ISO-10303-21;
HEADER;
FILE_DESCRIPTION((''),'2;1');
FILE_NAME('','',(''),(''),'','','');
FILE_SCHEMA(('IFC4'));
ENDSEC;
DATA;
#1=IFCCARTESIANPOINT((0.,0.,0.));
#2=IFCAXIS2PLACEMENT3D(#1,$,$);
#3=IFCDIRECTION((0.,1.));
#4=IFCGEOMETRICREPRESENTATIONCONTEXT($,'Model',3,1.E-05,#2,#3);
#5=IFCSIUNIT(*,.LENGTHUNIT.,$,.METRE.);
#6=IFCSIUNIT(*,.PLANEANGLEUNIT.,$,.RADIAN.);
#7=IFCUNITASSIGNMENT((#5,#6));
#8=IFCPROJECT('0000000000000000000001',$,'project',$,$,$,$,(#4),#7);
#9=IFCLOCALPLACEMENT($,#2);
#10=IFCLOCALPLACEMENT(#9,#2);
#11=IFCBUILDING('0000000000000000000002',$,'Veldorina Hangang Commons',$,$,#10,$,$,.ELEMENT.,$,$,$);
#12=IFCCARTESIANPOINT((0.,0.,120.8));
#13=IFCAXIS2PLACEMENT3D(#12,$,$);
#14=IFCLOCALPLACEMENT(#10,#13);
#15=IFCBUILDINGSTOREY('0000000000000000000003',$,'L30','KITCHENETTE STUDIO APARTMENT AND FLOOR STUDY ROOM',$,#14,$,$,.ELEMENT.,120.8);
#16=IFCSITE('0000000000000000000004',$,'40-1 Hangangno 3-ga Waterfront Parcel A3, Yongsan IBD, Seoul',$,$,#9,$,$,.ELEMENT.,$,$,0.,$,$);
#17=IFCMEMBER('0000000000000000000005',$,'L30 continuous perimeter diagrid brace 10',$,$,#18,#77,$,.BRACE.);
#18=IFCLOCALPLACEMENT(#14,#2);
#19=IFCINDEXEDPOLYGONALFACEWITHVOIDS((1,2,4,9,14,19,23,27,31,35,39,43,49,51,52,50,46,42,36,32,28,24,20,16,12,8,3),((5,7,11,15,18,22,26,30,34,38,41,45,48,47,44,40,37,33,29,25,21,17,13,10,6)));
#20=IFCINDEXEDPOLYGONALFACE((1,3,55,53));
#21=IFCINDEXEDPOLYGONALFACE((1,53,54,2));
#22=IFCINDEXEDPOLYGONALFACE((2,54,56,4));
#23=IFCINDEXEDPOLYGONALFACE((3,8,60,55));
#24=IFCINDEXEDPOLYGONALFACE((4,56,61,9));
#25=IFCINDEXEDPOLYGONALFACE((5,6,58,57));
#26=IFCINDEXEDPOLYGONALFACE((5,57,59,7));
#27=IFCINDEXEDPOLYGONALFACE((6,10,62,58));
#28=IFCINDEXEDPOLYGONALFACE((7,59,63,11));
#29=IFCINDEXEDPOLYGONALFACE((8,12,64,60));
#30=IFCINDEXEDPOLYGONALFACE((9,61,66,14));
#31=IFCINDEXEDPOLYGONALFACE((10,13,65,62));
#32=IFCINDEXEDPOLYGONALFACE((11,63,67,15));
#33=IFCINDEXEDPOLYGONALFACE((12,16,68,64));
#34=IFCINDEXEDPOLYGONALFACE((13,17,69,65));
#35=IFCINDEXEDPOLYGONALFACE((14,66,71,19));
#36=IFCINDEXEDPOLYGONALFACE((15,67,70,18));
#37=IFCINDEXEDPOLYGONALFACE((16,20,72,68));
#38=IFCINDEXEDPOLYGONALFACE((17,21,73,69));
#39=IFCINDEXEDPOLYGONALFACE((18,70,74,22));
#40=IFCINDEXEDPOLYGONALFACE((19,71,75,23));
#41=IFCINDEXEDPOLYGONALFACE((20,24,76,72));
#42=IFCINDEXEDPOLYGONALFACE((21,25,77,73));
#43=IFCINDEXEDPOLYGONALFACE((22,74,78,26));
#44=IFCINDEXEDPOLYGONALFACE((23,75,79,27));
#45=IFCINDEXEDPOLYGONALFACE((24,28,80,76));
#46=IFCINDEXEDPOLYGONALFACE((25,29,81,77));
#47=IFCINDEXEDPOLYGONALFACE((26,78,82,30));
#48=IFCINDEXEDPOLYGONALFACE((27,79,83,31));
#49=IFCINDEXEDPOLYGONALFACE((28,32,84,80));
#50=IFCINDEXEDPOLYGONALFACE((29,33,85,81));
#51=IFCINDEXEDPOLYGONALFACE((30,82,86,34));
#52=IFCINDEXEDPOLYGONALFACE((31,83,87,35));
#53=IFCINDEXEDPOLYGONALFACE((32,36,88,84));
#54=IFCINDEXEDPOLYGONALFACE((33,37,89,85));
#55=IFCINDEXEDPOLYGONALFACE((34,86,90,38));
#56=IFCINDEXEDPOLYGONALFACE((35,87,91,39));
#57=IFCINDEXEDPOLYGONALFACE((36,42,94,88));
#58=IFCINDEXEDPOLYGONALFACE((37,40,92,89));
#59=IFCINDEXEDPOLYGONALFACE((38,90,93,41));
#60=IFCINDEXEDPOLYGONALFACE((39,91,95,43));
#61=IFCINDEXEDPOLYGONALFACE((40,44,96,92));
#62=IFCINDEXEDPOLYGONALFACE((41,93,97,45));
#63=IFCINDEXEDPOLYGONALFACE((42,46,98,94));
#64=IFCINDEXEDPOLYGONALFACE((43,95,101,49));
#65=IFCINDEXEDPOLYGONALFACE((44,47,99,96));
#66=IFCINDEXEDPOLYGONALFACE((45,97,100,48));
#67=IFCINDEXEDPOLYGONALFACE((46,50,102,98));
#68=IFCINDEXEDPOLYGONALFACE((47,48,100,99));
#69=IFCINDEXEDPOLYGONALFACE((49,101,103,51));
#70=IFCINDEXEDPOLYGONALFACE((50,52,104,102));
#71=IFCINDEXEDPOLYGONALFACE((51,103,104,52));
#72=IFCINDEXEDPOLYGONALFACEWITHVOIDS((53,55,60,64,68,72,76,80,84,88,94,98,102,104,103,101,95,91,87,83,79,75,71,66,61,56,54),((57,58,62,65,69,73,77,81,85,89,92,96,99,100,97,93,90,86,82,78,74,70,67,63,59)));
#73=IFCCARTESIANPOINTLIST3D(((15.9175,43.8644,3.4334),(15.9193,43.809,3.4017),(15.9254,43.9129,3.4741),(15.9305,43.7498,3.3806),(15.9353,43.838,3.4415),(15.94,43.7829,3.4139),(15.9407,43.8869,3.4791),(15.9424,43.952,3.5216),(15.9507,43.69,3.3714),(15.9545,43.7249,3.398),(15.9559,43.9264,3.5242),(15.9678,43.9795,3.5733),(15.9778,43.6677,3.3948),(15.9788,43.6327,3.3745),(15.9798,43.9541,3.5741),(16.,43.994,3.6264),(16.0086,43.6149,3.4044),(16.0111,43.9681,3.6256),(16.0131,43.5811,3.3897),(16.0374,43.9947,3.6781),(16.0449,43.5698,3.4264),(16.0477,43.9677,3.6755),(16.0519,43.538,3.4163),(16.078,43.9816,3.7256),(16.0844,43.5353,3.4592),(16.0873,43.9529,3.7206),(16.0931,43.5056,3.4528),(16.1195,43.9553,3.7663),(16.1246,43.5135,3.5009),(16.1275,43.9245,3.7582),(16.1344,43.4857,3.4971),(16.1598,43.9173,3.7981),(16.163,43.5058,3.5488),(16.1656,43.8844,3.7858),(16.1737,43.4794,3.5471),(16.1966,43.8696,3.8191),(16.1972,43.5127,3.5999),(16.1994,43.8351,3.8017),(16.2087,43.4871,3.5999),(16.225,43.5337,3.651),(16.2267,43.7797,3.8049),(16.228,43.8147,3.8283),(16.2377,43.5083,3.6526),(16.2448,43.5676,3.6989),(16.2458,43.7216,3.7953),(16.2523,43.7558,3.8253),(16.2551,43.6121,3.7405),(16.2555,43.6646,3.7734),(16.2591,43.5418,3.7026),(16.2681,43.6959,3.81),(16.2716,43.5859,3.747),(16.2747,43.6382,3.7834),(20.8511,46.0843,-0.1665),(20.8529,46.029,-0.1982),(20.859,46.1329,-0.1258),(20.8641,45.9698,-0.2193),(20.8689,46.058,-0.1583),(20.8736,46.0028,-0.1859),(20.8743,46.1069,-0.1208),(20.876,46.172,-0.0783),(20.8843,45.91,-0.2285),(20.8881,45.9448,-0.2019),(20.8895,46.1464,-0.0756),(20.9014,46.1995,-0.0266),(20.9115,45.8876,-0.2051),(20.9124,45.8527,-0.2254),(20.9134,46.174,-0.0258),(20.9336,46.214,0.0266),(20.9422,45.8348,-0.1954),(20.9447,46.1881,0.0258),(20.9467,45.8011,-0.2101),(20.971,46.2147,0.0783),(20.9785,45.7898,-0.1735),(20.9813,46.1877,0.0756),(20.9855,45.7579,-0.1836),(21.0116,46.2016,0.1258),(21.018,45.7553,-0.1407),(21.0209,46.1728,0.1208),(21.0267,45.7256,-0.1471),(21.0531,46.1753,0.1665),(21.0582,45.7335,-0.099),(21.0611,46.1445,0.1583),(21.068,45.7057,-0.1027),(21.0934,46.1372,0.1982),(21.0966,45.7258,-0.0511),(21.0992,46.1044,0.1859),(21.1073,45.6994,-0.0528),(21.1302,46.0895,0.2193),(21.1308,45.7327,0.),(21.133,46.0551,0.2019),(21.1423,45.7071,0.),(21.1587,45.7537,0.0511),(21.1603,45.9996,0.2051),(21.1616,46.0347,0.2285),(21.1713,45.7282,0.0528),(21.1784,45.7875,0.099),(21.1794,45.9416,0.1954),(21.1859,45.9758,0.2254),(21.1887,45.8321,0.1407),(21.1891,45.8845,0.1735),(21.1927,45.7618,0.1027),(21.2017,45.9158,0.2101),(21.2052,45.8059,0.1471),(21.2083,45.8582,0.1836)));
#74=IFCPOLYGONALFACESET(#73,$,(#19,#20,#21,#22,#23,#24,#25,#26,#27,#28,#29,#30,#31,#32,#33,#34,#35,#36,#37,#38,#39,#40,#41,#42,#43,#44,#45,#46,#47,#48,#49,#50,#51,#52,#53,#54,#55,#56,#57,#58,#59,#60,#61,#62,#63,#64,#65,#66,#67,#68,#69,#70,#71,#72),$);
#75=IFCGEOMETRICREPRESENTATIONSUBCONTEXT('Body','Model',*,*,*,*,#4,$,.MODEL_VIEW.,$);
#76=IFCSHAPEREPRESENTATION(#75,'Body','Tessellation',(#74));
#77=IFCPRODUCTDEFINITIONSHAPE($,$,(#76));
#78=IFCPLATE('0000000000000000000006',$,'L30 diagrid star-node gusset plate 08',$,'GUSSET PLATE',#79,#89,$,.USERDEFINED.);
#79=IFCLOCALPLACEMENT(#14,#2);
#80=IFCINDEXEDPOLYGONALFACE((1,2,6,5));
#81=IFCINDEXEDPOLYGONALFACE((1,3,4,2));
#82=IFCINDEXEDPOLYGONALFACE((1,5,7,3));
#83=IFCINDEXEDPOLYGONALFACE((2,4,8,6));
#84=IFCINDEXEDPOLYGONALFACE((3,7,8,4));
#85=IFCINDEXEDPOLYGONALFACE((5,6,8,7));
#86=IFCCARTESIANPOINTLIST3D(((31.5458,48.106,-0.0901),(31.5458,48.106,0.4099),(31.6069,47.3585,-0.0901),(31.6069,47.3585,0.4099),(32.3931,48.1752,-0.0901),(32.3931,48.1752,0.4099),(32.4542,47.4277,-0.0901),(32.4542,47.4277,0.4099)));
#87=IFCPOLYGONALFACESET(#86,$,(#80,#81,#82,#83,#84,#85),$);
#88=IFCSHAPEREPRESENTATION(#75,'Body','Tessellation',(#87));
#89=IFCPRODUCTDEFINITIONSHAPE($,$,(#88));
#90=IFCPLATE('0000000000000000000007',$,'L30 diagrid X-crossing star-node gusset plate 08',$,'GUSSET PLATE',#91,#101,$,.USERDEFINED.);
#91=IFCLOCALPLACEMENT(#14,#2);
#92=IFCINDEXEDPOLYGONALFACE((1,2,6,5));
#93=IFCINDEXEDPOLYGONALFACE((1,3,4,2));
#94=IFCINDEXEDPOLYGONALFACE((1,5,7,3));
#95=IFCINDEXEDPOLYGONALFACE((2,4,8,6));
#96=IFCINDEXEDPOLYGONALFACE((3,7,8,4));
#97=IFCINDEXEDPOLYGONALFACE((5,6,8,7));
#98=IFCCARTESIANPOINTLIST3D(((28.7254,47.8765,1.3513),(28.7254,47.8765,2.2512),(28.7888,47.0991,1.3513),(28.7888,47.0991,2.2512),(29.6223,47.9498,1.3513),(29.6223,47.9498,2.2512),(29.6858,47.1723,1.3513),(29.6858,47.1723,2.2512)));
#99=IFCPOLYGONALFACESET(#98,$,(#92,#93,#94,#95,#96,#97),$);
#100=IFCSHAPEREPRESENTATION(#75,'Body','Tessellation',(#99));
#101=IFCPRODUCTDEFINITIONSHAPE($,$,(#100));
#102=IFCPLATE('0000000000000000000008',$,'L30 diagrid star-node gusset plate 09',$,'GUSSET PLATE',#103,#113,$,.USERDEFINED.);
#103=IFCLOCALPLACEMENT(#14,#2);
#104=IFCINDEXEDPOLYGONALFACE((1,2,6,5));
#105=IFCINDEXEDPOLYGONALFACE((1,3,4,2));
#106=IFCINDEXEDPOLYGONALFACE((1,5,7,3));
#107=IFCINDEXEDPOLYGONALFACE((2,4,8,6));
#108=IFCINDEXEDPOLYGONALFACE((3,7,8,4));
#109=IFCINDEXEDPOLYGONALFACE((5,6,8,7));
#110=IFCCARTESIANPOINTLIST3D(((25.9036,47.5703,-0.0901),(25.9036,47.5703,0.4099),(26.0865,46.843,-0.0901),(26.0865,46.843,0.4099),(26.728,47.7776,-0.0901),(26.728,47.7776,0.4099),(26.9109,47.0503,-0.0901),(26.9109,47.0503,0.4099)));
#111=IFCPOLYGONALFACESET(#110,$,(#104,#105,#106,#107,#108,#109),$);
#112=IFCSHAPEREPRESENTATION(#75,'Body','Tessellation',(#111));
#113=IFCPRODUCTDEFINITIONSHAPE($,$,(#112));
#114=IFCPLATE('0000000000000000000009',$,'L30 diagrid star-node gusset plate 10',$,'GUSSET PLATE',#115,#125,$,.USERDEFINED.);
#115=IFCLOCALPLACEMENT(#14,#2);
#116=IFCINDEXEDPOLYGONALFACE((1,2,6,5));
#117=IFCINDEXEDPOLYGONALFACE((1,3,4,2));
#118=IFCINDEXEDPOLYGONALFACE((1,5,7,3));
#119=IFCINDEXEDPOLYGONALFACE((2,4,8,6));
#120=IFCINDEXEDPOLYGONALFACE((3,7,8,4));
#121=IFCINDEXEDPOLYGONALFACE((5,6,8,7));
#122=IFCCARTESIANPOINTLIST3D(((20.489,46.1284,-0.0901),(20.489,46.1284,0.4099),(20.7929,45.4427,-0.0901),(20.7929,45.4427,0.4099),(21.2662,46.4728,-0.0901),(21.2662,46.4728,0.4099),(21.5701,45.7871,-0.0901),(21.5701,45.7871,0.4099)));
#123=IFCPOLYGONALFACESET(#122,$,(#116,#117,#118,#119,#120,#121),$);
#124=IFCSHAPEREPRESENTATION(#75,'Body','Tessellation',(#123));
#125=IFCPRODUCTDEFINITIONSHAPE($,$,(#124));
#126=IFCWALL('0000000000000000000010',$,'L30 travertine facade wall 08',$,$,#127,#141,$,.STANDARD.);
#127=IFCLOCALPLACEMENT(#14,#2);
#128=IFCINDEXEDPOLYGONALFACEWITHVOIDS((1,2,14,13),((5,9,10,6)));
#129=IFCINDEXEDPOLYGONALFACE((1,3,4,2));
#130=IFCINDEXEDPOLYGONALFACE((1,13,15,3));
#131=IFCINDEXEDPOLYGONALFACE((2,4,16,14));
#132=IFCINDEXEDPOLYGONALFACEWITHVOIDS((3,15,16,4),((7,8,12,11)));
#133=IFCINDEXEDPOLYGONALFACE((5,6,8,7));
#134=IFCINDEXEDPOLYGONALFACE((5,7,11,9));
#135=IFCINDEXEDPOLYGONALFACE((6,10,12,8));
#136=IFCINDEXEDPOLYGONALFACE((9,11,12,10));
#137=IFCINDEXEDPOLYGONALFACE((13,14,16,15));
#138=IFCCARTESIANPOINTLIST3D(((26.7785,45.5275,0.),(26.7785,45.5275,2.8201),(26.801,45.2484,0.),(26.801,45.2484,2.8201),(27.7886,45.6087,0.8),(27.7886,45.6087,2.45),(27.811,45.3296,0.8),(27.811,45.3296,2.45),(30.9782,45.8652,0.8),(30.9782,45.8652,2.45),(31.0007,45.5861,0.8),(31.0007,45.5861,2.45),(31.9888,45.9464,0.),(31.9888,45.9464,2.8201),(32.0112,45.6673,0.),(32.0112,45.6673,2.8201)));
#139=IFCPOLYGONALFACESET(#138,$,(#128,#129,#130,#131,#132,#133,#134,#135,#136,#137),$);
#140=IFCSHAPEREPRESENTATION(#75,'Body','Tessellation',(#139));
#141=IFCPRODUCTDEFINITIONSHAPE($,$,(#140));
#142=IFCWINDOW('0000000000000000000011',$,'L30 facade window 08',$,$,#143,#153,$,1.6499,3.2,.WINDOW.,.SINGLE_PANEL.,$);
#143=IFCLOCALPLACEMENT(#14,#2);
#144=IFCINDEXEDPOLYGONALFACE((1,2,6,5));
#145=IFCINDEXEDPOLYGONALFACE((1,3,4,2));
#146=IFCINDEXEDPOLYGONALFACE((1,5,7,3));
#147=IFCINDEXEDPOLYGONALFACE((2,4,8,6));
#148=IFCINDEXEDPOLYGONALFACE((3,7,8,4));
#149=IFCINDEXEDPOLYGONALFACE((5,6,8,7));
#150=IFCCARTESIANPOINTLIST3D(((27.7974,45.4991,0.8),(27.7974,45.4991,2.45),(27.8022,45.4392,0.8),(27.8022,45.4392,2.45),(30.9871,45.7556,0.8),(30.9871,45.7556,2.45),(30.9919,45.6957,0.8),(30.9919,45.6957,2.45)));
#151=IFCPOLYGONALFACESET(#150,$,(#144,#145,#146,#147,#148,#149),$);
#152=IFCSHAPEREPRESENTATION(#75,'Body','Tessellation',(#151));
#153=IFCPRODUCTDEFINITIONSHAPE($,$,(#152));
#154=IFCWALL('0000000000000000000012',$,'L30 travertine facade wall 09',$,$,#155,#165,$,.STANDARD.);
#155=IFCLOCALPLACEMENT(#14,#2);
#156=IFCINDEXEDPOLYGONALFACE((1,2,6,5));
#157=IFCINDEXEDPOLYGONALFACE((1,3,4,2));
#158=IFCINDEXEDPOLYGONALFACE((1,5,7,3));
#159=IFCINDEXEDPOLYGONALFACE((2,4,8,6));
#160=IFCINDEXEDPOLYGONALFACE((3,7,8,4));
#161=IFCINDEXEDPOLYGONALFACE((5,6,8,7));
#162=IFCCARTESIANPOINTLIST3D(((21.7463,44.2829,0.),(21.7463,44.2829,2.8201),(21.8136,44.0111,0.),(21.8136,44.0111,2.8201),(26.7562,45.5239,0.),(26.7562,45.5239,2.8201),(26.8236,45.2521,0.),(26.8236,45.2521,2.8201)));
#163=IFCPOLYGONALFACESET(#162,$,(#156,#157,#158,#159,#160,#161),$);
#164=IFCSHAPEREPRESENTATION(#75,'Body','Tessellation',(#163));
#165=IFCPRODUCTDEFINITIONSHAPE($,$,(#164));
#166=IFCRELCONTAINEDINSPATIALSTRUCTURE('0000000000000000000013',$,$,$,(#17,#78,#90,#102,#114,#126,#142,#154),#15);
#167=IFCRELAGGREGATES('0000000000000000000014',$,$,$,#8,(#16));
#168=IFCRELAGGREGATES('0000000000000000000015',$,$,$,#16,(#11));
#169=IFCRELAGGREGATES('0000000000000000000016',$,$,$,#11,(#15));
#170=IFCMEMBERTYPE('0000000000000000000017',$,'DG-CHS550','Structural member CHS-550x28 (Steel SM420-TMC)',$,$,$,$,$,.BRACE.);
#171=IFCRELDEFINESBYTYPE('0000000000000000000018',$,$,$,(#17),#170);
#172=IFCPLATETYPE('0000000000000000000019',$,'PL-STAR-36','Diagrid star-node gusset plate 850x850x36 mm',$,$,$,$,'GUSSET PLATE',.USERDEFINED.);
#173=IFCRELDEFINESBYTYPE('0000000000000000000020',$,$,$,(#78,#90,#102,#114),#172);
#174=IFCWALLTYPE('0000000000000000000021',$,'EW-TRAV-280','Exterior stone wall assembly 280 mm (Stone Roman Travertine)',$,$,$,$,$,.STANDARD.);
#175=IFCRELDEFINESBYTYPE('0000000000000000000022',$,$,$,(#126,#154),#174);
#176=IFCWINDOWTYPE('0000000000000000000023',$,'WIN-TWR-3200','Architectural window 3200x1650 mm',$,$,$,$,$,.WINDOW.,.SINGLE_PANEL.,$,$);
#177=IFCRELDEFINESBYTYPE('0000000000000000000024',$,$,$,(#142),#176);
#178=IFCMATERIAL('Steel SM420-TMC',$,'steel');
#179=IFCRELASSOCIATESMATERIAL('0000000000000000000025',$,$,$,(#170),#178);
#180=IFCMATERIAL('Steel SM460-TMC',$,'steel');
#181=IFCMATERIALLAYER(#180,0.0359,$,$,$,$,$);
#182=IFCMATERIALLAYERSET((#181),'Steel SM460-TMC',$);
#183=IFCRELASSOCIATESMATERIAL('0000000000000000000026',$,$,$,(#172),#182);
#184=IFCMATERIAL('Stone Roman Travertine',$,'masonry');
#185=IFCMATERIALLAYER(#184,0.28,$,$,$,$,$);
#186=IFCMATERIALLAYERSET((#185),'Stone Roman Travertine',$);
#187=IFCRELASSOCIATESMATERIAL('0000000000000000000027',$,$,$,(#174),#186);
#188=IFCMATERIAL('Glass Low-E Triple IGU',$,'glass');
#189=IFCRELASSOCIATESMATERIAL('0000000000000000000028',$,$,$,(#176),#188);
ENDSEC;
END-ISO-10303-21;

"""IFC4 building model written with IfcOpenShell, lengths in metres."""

from ifc_helpers import new_model, si_unit, direction, frame, frame_2d, origin, origin_2d, place, context, subcontext, project, spatial, rectangle, hollow_circle, extrude, material, layer, layer_set, material_profile, profile_set, type_object, element, fill, save


model = new_model("IFC4")

# Units and contexts
model_context = context("Model", 3, precision=1e-05, world=origin(), true_north=direction((0.0, 1.0)))
body_context = subcontext(model_context, "Body", "Model", "MODEL_VIEW")
ifc_project = project(units=[si_unit("LENGTHUNIT", "METRE"), si_unit("PLANEANGLEUNIT", "RADIAN")], contexts=[model_context])

# Site, building, storey
site_placement = place(None, origin())
site = spatial("IfcSite", under=ifc_project, at=site_placement, Name="40-1 Hangangno 3-ga Waterfront Parcel A3, Yongsan IBD, Seoul", CompositionType="ELEMENT", RefElevation=0.0)
building_placement = place(site_placement, origin())
building = spatial("IfcBuilding", under=site, at=building_placement, Name="Veldorina Hangang Commons", CompositionType="ELEMENT")
storey_placement = place(building_placement, frame((0.0, 0.0, 120.8)))
storey = spatial("IfcBuildingStorey", under=building, at=storey_placement, Name="L30", Description="KITCHENETTE STUDIO APARTMENT AND FLOOR STUDY ROOM", CompositionType="ELEMENT", Elevation=120.8)

# Shared definitions
ifc_material_1 = material(Name="Steel SM420-TMC", Category="steel")

# Member
ifc_material_profile_1 = material_profile(ifc_material_1, hollow_circle(Radius=0.2749, WallThickness=0.0281, at=origin_2d()), Name="CHS-550x28")
ifc_profile_set_1 = profile_set([ifc_material_profile_1], Name="Steel SM420-TMC")
member_type = type_object("IfcMemberType", Name="DG-CHS550", Description="Structural member CHS-550x28 (Steel SM420-TMC)", PredefinedType="BRACE", material=ifc_profile_set_1)
member_1_placement = place(storey_placement, frame((21.0295, 45.9578, 0.0), z_axis=(-0.759216, -0.341625, 0.553971), x_axis=(0.410342, -0.911932, 0.0)))
element("IfcMember", 1, at=member_1_placement, inside=storey, type_object=member_type, Name="L30 continuous perimeter diagrid brace 10", PredefinedType="BRACE", context=body_context, shape_type="SweptSolid", body=[
    extrude(hollow_circle(Radius=0.2749, WallThickness=0.0281, at=origin_2d()), origin(), (0.0, 0.0, 1.0), 6.4983),
])

# Plates
ifc_material_2 = material(Name="Steel SM460-TMC", Category="steel")
ifc_layer_1 = layer(ifc_material_2, 0.0359)
ifc_layer_set_1 = layer_set([ifc_layer_1], Name="Steel SM460-TMC")
plate_type = type_object("IfcPlateType", Name="PL-STAR-36", Description="Diagrid star-node gusset plate 850x850x36 mm", ElementType="GUSSET PLATE", PredefinedType="USERDEFINED", material=ifc_layer_set_1)
plate_1_placement = place(storey_placement, frame((32.0, 47.7668, -0.0901), z_axis=(0.0, 0.0, 1.0), x_axis=(-0.996683, -0.081382, 0.0)))
element("IfcPlate", 2, at=plate_1_placement, inside=storey, type_object=plate_type, Name="L30 diagrid star-node gusset plate 08", ObjectType="GUSSET PLATE", PredefinedType="USERDEFINED", context=body_context, shape_type="SweptSolid", body=[
    extrude(rectangle(XDim=0.8501, YDim=0.75, at=origin_2d()), origin(), (0.0, 0.0, 1.0), 0.5),
])
plate_2_placement = place(storey_placement, frame((29.2056, 47.5244, 1.3513), z_axis=(0.0, 0.0, 1.0), x_axis=(-0.996683, -0.081382, 0.0)))
element("IfcPlate", 3, at=plate_2_placement, inside=storey, type_object=plate_type, Name="L30 diagrid X-crossing star-node gusset plate 08", ObjectType="GUSSET PLATE", PredefinedType="USERDEFINED", context=body_context, shape_type="SweptSolid", body=[
    extrude(rectangle(XDim=0.8999, YDim=0.78, at=origin_2d()), origin(), (0.0, 0.0, 1.0), 0.8999),
])
for number, where, z_axis, x_axis, name in (
    (4, (26.4072, 47.3103, -0.0901), (0.0, 0.0, 1.0), (-0.969804, -0.243886, 0.0), "L30 diagrid star-node gusset plate 09"),
    (5, (21.0295, 45.9578, -0.0901), (0.0, 0.0, 1.0), (-0.914247, -0.405158, 0.0), "L30 diagrid star-node gusset plate 10"),
):
    element("IfcPlate", number, at=place(storey_placement, frame(where, z_axis=z_axis, x_axis=x_axis)), inside=storey, type_object=plate_type, Name=name, ObjectType="GUSSET PLATE", PredefinedType="USERDEFINED", context=body_context, shape_type="SweptSolid", body=[
        extrude(rectangle(XDim=0.8501, YDim=0.75, at=origin_2d()), origin(), (0.0, 0.0, 1.0), 0.5),
    ])

# Wall, opening, window
ifc_material_3 = material(Name="Stone Roman Travertine", Category="masonry")
ifc_layer_2 = layer(ifc_material_3, 0.28)
ifc_layer_set_2 = layer_set([ifc_layer_2], Name="Stone Roman Travertine")
wall_type_1 = type_object("IfcWallType", Name="EW-TRAV-280", Description="Exterior stone wall assembly 280 mm (Stone Roman Travertine)", PredefinedType="STANDARD", material=ifc_layer_set_2)
wall_1_placement = place(storey_placement, frame((32.0, 45.8069, 0.0), z_axis=(0.0, 0.0, 1.0), x_axis=(-0.996783, -0.08015, 0.0)))
wall_1 = element("IfcWall", 6, at=wall_1_placement, inside=storey, type_object=wall_type_1, Name="L30 travertine facade wall 08", PredefinedType="STANDARD", context=body_context, shape_type="SweptSolid", body=[
    extrude(rectangle(XDim=5.2271, YDim=0.28, at=frame_2d((2.6135, 0.0))), origin(), (0.0, 0.0, 1.0), 2.8201),
])
opening_1_placement = place(wall_1_placement, frame((1.0137, 0.0, 0.8)))
opening_1 = element("IfcOpeningElement", 7, at=opening_1_placement, cuts=wall_1, PredefinedType="OPENING", context=body_context, shape_type="SweptSolid", body=[
    extrude(rectangle(XDim=3.2, YDim=1.6499, at=frame_2d((1.6001, 0.825))), frame((0.0, 0.1499, 0.0), z_axis=(0.0, -1.0, 0.0), x_axis=(1.0, 0.0, 0.0)), (0.0, 0.0, 1.0), 0.3),
])
ifc_material_4 = material(Name="Glass Low-E Triple IGU", Category="glass")
window_type = type_object("IfcWindowType", Name="WIN-TWR-3200", Description="Architectural window 3200x1650 mm", PartitioningType="SINGLE_PANEL", PredefinedType="WINDOW", material=ifc_material_4)
window_1_placement = place(opening_1_placement, origin())
window_1 = element("IfcWindow", 8, at=window_1_placement, inside=storey, type_object=window_type, Name="L30 facade window 08", OverallHeight=1.6499, OverallWidth=3.2, PartitioningType="SINGLE_PANEL", PredefinedType="WINDOW", context=body_context, shape_type="SweptSolid", body=[
    extrude(rectangle(XDim=3.2, YDim=1.6499, at=frame_2d((1.6001, 0.825))), frame((0.0, 0.03, 0.0), z_axis=(0.0, -1.0, 0.0), x_axis=(1.0, 0.0, 0.0)), (0.0, 0.0, 1.0), 0.0601),
])
fill(opening_1, window_1)

# Wall
wall_2_placement = place(storey_placement, frame((26.7898, 45.3879, 0.0), z_axis=(0.0, 0.0, 1.0), x_axis=(-0.970666, -0.240432, 0.0)))
element("IfcWall", 9, at=wall_2_placement, inside=storey, type_object=wall_type_1, Name="L30 travertine facade wall 09", PredefinedType="STANDARD", context=body_context, shape_type="SweptSolid", body=[
    extrude(rectangle(XDim=5.1614, YDim=0.28, at=frame_2d((2.5806, 0.0))), origin(), (0.0, 0.0, 1.0), 2.8201),
])

save(model, "model.ifc")
